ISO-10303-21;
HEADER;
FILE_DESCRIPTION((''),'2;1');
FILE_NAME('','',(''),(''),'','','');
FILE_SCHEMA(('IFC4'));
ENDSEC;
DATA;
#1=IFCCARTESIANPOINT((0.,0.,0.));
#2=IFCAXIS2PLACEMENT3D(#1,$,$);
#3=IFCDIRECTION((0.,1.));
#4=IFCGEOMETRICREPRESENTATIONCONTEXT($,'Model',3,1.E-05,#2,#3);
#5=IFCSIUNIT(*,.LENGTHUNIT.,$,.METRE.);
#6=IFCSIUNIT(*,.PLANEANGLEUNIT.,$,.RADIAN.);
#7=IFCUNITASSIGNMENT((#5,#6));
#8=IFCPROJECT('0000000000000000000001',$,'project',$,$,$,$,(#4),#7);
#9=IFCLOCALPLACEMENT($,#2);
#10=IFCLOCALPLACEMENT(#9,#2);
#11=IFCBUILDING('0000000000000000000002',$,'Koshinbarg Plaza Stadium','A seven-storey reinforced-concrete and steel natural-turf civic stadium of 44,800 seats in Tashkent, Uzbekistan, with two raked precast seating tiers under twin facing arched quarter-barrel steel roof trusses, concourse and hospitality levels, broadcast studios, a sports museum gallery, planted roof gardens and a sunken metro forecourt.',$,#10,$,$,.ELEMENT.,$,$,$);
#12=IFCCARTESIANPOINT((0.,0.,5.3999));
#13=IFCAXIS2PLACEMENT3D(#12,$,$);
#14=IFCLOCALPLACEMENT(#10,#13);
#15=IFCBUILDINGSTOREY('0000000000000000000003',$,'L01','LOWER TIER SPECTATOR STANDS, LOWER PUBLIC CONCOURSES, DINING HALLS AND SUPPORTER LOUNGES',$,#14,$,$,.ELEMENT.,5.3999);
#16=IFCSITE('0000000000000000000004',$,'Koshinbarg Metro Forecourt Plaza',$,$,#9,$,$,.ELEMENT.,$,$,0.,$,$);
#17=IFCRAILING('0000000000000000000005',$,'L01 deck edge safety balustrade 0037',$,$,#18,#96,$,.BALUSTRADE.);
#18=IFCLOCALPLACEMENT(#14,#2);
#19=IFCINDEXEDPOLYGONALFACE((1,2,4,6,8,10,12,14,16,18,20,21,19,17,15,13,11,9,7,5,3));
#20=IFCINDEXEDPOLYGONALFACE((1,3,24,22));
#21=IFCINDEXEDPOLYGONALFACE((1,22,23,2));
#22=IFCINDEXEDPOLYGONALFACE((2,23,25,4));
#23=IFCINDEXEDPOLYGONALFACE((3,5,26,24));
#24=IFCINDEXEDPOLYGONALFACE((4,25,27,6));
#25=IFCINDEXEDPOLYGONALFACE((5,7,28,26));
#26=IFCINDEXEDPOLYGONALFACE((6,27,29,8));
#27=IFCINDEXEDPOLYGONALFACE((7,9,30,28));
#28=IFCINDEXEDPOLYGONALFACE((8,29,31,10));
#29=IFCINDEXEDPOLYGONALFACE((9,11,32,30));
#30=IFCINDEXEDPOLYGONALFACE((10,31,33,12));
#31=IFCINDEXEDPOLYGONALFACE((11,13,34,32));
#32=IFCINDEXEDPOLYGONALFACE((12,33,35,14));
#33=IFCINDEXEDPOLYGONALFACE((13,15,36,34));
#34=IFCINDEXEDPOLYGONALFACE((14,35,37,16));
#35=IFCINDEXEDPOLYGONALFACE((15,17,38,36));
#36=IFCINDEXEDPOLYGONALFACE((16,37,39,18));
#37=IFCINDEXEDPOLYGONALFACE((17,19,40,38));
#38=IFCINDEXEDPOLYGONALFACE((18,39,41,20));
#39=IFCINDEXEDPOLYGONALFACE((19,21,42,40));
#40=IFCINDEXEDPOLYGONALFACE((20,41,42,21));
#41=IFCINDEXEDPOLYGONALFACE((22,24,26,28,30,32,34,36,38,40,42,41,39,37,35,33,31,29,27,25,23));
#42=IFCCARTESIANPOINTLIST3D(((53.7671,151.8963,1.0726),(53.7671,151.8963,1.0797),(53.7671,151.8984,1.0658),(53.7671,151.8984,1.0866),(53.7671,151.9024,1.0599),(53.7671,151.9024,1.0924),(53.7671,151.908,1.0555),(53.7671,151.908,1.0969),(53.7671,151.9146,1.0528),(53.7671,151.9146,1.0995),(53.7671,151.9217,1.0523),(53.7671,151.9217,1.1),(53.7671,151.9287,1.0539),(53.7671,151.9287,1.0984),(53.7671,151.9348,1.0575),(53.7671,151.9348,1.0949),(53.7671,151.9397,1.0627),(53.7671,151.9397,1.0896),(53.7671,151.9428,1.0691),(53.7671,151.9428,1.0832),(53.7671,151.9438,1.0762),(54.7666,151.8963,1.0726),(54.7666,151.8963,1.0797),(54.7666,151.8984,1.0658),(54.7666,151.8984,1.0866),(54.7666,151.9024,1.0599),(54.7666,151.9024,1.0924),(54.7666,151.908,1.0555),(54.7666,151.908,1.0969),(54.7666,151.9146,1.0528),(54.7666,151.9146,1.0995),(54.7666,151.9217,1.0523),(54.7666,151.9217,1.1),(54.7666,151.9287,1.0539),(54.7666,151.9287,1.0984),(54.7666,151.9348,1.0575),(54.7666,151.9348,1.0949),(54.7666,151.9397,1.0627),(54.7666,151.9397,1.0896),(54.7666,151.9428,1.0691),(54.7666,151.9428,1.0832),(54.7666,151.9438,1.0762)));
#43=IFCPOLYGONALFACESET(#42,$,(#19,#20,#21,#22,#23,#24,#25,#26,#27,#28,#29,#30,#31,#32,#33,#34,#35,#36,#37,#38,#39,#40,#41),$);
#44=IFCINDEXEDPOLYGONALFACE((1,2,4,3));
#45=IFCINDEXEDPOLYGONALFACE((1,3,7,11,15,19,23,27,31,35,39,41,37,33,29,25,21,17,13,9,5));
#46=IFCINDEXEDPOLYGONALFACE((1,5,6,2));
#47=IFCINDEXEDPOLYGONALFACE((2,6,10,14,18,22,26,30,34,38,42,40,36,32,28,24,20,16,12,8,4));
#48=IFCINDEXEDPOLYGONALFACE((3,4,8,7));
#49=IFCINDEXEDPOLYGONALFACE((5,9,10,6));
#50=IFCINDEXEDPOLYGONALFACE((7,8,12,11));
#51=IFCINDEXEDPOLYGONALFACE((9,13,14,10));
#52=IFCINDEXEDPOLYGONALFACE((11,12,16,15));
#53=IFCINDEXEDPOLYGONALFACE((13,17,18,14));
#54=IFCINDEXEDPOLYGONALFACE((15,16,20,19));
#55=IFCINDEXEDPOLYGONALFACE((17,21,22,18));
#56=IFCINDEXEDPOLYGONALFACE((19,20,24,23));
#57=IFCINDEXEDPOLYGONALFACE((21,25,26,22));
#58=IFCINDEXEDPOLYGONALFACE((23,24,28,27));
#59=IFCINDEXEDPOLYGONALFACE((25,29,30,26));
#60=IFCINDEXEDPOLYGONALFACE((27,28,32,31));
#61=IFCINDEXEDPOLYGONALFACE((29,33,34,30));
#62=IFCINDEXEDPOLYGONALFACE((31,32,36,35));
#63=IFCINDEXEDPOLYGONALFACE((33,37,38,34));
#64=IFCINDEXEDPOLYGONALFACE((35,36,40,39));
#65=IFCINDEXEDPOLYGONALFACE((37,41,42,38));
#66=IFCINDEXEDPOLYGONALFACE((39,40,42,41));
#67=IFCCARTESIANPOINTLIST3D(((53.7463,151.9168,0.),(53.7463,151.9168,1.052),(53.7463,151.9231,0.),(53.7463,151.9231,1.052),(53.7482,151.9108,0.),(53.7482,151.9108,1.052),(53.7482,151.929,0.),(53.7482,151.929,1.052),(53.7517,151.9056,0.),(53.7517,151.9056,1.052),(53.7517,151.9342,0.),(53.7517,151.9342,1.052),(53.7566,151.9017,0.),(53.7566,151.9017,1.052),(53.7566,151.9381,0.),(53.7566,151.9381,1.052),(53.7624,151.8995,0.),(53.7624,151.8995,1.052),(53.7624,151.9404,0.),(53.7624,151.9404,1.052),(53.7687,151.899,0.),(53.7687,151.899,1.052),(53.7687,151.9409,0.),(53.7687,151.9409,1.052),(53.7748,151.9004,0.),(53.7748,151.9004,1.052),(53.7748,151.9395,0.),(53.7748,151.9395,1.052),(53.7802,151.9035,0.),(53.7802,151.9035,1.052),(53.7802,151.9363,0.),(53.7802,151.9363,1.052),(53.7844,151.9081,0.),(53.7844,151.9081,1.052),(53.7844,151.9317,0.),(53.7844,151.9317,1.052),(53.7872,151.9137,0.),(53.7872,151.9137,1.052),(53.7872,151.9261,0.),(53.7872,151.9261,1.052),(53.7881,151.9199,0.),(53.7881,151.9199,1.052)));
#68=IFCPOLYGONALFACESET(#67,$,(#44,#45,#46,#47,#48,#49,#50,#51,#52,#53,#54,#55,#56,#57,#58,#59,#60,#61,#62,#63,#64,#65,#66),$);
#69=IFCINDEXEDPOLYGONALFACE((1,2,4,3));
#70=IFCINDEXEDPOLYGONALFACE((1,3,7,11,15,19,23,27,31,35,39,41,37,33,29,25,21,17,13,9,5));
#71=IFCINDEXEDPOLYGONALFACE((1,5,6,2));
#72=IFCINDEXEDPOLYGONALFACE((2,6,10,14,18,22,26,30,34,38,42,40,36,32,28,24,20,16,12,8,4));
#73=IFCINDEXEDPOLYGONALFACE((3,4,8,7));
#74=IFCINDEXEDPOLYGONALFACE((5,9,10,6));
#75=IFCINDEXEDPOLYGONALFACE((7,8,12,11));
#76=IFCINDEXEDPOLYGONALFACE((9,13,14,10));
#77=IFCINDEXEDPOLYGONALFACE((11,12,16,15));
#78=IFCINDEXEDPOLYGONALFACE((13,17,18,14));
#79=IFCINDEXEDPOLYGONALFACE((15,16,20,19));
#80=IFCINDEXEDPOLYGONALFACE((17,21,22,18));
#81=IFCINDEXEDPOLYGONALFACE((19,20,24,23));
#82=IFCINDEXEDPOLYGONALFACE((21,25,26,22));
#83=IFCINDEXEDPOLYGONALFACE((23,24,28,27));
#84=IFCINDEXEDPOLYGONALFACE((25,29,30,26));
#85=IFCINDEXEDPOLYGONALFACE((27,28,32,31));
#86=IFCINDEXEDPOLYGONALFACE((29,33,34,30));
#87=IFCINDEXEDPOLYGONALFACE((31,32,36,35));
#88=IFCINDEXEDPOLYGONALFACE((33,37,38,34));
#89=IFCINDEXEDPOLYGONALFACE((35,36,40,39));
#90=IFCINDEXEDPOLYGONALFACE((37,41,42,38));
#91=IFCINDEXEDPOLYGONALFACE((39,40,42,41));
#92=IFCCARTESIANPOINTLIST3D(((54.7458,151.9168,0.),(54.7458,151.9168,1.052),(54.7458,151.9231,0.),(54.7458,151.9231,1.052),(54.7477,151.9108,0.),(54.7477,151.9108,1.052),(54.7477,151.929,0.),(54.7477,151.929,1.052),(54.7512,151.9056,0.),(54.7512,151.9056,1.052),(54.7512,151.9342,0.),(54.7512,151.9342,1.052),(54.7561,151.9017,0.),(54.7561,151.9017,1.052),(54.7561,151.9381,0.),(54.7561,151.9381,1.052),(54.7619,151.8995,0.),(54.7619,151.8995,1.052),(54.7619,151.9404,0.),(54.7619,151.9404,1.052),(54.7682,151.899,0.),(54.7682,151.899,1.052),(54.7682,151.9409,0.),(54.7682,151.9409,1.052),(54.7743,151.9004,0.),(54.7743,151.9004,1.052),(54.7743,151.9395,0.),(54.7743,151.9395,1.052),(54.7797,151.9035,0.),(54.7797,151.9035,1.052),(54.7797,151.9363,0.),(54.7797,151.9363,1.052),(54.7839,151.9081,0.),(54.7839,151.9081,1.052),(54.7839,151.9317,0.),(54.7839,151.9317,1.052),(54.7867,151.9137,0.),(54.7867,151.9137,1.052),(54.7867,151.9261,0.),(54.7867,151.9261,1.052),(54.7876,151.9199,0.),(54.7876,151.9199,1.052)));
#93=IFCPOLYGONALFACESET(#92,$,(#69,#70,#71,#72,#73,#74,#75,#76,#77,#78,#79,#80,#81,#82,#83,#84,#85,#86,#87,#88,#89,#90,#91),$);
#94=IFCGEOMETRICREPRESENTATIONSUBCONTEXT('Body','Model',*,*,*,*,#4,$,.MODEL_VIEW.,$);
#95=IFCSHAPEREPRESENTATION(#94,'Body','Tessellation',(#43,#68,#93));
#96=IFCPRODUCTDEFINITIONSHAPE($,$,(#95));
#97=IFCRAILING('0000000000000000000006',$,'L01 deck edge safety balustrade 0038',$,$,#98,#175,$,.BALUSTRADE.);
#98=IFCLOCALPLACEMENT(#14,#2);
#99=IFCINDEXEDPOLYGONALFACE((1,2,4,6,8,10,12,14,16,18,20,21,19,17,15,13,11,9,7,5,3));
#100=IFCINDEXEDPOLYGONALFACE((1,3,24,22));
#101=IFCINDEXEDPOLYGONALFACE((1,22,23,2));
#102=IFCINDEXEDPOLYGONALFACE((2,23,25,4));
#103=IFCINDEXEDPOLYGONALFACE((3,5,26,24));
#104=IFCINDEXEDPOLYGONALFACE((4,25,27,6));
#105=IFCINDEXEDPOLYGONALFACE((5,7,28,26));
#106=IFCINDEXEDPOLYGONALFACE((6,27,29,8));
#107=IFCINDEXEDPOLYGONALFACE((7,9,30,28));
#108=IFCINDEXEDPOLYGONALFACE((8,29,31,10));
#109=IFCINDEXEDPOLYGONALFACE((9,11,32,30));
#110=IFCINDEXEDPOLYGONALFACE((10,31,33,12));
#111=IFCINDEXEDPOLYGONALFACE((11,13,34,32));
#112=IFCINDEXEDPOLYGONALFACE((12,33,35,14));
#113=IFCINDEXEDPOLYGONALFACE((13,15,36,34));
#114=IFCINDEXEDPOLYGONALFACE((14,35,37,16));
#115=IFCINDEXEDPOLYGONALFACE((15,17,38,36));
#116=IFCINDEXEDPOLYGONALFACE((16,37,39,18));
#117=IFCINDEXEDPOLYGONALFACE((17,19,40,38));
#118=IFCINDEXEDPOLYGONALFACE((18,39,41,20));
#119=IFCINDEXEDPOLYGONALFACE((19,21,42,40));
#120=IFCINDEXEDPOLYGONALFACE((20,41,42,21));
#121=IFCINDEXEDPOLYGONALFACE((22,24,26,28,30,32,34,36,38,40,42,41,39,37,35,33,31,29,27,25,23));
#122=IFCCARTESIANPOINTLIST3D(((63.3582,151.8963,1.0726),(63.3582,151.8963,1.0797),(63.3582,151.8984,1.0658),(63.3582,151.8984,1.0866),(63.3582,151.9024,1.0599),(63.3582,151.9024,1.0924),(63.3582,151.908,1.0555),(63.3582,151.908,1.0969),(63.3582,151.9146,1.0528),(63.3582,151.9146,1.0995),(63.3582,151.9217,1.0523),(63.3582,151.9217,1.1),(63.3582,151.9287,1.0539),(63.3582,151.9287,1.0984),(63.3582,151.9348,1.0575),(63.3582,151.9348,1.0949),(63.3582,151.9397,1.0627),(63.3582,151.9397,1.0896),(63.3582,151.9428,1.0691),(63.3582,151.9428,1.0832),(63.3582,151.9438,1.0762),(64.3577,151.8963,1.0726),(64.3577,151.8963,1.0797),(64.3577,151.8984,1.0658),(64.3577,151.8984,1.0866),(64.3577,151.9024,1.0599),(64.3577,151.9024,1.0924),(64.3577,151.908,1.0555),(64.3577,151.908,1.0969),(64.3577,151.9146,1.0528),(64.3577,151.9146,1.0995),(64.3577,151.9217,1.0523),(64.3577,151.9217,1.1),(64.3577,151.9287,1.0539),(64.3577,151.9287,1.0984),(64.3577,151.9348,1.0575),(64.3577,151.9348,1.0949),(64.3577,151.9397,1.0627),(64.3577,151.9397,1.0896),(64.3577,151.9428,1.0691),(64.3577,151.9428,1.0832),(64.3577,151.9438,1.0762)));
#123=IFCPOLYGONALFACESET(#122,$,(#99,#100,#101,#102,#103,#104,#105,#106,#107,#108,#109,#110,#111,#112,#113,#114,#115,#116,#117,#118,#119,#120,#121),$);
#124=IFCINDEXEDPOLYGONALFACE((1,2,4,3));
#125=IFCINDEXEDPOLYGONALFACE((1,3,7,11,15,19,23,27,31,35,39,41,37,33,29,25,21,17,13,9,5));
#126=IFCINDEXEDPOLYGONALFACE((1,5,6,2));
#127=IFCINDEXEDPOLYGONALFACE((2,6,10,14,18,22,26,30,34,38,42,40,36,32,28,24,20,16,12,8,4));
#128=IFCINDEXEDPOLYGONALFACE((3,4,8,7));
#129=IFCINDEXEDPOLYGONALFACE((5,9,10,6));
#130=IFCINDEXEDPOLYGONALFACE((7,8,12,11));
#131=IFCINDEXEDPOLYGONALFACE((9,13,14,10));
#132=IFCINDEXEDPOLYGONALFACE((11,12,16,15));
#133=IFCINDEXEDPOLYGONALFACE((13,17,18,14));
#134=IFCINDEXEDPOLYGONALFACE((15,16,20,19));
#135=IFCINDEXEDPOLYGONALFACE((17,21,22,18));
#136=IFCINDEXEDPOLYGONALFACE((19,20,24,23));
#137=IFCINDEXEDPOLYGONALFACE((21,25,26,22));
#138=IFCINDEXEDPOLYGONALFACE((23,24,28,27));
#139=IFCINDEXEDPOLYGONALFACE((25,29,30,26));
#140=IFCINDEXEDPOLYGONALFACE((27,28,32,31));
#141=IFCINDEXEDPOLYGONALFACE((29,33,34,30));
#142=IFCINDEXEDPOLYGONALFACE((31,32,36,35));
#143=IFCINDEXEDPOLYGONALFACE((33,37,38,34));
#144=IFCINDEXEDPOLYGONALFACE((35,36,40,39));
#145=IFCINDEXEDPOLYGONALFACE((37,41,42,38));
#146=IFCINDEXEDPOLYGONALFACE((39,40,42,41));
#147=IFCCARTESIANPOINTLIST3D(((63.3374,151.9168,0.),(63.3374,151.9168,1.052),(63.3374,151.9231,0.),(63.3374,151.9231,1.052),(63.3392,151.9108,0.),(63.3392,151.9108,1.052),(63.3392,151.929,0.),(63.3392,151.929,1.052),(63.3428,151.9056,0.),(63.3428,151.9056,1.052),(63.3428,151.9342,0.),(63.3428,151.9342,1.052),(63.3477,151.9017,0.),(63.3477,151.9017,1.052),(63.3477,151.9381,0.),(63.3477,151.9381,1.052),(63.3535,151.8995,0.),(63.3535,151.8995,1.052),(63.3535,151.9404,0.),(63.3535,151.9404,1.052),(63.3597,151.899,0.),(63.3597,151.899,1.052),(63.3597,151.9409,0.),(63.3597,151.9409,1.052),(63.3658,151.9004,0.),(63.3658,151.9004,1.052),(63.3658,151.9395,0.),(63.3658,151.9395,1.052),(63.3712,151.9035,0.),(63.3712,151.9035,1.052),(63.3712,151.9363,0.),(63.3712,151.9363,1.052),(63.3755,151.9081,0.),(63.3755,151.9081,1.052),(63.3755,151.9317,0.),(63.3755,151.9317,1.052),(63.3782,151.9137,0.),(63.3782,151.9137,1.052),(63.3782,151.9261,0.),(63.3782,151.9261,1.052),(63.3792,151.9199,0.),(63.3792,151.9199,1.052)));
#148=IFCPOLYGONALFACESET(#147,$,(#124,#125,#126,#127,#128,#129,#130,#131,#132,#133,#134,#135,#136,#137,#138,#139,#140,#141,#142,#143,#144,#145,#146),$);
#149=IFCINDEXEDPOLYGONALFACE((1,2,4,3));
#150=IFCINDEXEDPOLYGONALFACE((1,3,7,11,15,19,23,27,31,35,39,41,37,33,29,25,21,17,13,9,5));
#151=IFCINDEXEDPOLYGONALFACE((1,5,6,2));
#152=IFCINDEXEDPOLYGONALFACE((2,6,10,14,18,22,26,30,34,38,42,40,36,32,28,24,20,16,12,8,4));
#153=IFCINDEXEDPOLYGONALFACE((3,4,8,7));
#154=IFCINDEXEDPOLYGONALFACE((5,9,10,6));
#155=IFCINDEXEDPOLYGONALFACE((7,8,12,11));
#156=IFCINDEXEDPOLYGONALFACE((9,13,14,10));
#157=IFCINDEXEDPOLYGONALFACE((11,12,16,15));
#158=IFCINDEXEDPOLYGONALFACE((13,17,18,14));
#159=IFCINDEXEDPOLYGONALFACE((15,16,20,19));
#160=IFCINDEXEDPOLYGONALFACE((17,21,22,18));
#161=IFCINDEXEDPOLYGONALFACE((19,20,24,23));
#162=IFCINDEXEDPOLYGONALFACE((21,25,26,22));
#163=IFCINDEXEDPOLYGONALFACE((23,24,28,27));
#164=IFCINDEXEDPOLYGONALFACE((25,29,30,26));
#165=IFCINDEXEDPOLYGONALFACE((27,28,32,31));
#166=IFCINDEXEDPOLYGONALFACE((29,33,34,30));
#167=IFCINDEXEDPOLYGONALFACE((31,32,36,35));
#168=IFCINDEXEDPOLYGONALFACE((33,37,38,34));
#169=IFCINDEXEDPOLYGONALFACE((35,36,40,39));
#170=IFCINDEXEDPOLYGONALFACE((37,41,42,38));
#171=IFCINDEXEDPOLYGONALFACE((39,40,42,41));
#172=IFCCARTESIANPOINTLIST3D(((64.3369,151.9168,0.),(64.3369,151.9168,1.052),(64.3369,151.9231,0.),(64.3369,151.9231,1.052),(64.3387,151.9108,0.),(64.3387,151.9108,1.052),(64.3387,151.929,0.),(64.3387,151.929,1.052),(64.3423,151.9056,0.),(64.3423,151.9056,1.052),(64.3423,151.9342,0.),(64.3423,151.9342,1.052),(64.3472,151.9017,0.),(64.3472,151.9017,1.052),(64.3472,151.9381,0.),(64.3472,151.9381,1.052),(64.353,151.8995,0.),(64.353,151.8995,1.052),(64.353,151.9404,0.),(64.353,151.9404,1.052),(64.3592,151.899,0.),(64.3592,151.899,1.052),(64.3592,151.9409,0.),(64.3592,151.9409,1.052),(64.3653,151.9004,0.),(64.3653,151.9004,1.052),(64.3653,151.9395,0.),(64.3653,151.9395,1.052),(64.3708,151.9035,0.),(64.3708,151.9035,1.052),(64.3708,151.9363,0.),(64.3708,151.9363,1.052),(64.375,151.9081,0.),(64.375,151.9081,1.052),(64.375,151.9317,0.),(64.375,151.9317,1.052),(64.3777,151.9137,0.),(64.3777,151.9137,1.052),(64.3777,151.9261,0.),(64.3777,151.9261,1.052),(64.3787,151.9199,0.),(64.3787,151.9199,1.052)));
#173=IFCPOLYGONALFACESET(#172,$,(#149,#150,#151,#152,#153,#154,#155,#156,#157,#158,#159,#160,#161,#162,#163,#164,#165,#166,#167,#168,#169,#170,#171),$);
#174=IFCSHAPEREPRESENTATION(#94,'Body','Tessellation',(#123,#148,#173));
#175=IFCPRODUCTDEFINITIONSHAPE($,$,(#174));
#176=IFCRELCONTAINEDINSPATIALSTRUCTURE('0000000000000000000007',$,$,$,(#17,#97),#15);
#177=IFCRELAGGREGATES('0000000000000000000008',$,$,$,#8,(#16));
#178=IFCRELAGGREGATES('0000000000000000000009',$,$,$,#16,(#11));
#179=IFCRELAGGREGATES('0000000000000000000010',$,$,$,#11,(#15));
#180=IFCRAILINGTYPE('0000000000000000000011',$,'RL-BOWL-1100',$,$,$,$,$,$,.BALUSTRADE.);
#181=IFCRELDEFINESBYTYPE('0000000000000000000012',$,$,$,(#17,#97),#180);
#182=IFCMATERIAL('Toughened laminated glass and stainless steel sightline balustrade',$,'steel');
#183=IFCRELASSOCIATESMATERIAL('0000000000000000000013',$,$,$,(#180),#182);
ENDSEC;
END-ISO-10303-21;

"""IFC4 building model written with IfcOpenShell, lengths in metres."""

from ifc_helpers import new_model, si_unit, direction, frame, origin, origin_2d, place, context, subcontext, project, spatial, circle, extrude, material, type_object, element, save


model = new_model("IFC4")

# Units and contexts
model_context = context("Model", 3, precision=1e-05, world=origin(), true_north=direction((0.0, 1.0)))
body_context = subcontext(model_context, "Body", "Model", "MODEL_VIEW")
ifc_project = project(units=[si_unit("LENGTHUNIT", "METRE"), si_unit("PLANEANGLEUNIT", "RADIAN")], contexts=[model_context])

# Site, building, storey
site_placement = place(None, origin())
site = spatial("IfcSite", under=ifc_project, at=site_placement, Name="Koshinbarg Metro Forecourt Plaza", CompositionType="ELEMENT", RefElevation=0.0)
building_placement = place(site_placement, origin())
building = spatial("IfcBuilding", under=site, at=building_placement, Name="Koshinbarg Plaza Stadium", Description="A seven-storey reinforced-concrete and steel natural-turf civic stadium of 44,800 seats in Tashkent, Uzbekistan, with two raked precast seating tiers under twin facing arched quarter-barrel steel roof trusses, concourse and hospitality levels, broadcast studios, a sports museum gallery, planted roof gardens and a sunken metro forecourt.", CompositionType="ELEMENT")
storey_placement = place(building_placement, frame((0.0, 0.0, 5.3999)))
storey = spatial("IfcBuildingStorey", under=building, at=storey_placement, Name="L01", Description="LOWER TIER SPECTATOR STANDS, LOWER PUBLIC CONCOURSES, DINING HALLS AND SUPPORTER LOUNGES", CompositionType="ELEMENT", Elevation=5.3999)

# Railings
ifc_material_1 = material(Name="Toughened laminated glass and stainless steel sightline balustrade", Category="steel")
railing_type_1 = type_object("IfcRailingType", Name="RL-BOWL-1100", PredefinedType="BALUSTRADE", material=ifc_material_1)
for number, where, name in (
    (1, (53.7671, 151.9199, 0.0), "L01 deck edge safety balustrade 0037"),
    (2, (63.3582, 151.9199, 0.0), "L01 deck edge safety balustrade 0038"),
):
    element("IfcRailing", number, at=place(storey_placement, frame(where)), inside=storey, type_object=railing_type_1, Name=name, PredefinedType="BALUSTRADE", context=body_context, shape_type="SweptSolid", body=[
        extrude(circle(Radius=0.0239, at=origin_2d()), frame((0.0, 0.0, 1.0762), z_axis=(1.0, 0.0, 0.0), x_axis=(0.0, 1.0, 0.0)), (0.0, 0.0, 1.0), 0.9995),
        extrude(circle(Radius=0.021, at=origin_2d()), origin(), (0.0, 0.0, 1.0), 1.052),
        extrude(circle(Radius=0.021, at=origin_2d()), frame((0.9995, 0.0, 0.0)), (0.0, 0.0, 1.0), 1.052),
    ])

save(model, "model.ifc")
